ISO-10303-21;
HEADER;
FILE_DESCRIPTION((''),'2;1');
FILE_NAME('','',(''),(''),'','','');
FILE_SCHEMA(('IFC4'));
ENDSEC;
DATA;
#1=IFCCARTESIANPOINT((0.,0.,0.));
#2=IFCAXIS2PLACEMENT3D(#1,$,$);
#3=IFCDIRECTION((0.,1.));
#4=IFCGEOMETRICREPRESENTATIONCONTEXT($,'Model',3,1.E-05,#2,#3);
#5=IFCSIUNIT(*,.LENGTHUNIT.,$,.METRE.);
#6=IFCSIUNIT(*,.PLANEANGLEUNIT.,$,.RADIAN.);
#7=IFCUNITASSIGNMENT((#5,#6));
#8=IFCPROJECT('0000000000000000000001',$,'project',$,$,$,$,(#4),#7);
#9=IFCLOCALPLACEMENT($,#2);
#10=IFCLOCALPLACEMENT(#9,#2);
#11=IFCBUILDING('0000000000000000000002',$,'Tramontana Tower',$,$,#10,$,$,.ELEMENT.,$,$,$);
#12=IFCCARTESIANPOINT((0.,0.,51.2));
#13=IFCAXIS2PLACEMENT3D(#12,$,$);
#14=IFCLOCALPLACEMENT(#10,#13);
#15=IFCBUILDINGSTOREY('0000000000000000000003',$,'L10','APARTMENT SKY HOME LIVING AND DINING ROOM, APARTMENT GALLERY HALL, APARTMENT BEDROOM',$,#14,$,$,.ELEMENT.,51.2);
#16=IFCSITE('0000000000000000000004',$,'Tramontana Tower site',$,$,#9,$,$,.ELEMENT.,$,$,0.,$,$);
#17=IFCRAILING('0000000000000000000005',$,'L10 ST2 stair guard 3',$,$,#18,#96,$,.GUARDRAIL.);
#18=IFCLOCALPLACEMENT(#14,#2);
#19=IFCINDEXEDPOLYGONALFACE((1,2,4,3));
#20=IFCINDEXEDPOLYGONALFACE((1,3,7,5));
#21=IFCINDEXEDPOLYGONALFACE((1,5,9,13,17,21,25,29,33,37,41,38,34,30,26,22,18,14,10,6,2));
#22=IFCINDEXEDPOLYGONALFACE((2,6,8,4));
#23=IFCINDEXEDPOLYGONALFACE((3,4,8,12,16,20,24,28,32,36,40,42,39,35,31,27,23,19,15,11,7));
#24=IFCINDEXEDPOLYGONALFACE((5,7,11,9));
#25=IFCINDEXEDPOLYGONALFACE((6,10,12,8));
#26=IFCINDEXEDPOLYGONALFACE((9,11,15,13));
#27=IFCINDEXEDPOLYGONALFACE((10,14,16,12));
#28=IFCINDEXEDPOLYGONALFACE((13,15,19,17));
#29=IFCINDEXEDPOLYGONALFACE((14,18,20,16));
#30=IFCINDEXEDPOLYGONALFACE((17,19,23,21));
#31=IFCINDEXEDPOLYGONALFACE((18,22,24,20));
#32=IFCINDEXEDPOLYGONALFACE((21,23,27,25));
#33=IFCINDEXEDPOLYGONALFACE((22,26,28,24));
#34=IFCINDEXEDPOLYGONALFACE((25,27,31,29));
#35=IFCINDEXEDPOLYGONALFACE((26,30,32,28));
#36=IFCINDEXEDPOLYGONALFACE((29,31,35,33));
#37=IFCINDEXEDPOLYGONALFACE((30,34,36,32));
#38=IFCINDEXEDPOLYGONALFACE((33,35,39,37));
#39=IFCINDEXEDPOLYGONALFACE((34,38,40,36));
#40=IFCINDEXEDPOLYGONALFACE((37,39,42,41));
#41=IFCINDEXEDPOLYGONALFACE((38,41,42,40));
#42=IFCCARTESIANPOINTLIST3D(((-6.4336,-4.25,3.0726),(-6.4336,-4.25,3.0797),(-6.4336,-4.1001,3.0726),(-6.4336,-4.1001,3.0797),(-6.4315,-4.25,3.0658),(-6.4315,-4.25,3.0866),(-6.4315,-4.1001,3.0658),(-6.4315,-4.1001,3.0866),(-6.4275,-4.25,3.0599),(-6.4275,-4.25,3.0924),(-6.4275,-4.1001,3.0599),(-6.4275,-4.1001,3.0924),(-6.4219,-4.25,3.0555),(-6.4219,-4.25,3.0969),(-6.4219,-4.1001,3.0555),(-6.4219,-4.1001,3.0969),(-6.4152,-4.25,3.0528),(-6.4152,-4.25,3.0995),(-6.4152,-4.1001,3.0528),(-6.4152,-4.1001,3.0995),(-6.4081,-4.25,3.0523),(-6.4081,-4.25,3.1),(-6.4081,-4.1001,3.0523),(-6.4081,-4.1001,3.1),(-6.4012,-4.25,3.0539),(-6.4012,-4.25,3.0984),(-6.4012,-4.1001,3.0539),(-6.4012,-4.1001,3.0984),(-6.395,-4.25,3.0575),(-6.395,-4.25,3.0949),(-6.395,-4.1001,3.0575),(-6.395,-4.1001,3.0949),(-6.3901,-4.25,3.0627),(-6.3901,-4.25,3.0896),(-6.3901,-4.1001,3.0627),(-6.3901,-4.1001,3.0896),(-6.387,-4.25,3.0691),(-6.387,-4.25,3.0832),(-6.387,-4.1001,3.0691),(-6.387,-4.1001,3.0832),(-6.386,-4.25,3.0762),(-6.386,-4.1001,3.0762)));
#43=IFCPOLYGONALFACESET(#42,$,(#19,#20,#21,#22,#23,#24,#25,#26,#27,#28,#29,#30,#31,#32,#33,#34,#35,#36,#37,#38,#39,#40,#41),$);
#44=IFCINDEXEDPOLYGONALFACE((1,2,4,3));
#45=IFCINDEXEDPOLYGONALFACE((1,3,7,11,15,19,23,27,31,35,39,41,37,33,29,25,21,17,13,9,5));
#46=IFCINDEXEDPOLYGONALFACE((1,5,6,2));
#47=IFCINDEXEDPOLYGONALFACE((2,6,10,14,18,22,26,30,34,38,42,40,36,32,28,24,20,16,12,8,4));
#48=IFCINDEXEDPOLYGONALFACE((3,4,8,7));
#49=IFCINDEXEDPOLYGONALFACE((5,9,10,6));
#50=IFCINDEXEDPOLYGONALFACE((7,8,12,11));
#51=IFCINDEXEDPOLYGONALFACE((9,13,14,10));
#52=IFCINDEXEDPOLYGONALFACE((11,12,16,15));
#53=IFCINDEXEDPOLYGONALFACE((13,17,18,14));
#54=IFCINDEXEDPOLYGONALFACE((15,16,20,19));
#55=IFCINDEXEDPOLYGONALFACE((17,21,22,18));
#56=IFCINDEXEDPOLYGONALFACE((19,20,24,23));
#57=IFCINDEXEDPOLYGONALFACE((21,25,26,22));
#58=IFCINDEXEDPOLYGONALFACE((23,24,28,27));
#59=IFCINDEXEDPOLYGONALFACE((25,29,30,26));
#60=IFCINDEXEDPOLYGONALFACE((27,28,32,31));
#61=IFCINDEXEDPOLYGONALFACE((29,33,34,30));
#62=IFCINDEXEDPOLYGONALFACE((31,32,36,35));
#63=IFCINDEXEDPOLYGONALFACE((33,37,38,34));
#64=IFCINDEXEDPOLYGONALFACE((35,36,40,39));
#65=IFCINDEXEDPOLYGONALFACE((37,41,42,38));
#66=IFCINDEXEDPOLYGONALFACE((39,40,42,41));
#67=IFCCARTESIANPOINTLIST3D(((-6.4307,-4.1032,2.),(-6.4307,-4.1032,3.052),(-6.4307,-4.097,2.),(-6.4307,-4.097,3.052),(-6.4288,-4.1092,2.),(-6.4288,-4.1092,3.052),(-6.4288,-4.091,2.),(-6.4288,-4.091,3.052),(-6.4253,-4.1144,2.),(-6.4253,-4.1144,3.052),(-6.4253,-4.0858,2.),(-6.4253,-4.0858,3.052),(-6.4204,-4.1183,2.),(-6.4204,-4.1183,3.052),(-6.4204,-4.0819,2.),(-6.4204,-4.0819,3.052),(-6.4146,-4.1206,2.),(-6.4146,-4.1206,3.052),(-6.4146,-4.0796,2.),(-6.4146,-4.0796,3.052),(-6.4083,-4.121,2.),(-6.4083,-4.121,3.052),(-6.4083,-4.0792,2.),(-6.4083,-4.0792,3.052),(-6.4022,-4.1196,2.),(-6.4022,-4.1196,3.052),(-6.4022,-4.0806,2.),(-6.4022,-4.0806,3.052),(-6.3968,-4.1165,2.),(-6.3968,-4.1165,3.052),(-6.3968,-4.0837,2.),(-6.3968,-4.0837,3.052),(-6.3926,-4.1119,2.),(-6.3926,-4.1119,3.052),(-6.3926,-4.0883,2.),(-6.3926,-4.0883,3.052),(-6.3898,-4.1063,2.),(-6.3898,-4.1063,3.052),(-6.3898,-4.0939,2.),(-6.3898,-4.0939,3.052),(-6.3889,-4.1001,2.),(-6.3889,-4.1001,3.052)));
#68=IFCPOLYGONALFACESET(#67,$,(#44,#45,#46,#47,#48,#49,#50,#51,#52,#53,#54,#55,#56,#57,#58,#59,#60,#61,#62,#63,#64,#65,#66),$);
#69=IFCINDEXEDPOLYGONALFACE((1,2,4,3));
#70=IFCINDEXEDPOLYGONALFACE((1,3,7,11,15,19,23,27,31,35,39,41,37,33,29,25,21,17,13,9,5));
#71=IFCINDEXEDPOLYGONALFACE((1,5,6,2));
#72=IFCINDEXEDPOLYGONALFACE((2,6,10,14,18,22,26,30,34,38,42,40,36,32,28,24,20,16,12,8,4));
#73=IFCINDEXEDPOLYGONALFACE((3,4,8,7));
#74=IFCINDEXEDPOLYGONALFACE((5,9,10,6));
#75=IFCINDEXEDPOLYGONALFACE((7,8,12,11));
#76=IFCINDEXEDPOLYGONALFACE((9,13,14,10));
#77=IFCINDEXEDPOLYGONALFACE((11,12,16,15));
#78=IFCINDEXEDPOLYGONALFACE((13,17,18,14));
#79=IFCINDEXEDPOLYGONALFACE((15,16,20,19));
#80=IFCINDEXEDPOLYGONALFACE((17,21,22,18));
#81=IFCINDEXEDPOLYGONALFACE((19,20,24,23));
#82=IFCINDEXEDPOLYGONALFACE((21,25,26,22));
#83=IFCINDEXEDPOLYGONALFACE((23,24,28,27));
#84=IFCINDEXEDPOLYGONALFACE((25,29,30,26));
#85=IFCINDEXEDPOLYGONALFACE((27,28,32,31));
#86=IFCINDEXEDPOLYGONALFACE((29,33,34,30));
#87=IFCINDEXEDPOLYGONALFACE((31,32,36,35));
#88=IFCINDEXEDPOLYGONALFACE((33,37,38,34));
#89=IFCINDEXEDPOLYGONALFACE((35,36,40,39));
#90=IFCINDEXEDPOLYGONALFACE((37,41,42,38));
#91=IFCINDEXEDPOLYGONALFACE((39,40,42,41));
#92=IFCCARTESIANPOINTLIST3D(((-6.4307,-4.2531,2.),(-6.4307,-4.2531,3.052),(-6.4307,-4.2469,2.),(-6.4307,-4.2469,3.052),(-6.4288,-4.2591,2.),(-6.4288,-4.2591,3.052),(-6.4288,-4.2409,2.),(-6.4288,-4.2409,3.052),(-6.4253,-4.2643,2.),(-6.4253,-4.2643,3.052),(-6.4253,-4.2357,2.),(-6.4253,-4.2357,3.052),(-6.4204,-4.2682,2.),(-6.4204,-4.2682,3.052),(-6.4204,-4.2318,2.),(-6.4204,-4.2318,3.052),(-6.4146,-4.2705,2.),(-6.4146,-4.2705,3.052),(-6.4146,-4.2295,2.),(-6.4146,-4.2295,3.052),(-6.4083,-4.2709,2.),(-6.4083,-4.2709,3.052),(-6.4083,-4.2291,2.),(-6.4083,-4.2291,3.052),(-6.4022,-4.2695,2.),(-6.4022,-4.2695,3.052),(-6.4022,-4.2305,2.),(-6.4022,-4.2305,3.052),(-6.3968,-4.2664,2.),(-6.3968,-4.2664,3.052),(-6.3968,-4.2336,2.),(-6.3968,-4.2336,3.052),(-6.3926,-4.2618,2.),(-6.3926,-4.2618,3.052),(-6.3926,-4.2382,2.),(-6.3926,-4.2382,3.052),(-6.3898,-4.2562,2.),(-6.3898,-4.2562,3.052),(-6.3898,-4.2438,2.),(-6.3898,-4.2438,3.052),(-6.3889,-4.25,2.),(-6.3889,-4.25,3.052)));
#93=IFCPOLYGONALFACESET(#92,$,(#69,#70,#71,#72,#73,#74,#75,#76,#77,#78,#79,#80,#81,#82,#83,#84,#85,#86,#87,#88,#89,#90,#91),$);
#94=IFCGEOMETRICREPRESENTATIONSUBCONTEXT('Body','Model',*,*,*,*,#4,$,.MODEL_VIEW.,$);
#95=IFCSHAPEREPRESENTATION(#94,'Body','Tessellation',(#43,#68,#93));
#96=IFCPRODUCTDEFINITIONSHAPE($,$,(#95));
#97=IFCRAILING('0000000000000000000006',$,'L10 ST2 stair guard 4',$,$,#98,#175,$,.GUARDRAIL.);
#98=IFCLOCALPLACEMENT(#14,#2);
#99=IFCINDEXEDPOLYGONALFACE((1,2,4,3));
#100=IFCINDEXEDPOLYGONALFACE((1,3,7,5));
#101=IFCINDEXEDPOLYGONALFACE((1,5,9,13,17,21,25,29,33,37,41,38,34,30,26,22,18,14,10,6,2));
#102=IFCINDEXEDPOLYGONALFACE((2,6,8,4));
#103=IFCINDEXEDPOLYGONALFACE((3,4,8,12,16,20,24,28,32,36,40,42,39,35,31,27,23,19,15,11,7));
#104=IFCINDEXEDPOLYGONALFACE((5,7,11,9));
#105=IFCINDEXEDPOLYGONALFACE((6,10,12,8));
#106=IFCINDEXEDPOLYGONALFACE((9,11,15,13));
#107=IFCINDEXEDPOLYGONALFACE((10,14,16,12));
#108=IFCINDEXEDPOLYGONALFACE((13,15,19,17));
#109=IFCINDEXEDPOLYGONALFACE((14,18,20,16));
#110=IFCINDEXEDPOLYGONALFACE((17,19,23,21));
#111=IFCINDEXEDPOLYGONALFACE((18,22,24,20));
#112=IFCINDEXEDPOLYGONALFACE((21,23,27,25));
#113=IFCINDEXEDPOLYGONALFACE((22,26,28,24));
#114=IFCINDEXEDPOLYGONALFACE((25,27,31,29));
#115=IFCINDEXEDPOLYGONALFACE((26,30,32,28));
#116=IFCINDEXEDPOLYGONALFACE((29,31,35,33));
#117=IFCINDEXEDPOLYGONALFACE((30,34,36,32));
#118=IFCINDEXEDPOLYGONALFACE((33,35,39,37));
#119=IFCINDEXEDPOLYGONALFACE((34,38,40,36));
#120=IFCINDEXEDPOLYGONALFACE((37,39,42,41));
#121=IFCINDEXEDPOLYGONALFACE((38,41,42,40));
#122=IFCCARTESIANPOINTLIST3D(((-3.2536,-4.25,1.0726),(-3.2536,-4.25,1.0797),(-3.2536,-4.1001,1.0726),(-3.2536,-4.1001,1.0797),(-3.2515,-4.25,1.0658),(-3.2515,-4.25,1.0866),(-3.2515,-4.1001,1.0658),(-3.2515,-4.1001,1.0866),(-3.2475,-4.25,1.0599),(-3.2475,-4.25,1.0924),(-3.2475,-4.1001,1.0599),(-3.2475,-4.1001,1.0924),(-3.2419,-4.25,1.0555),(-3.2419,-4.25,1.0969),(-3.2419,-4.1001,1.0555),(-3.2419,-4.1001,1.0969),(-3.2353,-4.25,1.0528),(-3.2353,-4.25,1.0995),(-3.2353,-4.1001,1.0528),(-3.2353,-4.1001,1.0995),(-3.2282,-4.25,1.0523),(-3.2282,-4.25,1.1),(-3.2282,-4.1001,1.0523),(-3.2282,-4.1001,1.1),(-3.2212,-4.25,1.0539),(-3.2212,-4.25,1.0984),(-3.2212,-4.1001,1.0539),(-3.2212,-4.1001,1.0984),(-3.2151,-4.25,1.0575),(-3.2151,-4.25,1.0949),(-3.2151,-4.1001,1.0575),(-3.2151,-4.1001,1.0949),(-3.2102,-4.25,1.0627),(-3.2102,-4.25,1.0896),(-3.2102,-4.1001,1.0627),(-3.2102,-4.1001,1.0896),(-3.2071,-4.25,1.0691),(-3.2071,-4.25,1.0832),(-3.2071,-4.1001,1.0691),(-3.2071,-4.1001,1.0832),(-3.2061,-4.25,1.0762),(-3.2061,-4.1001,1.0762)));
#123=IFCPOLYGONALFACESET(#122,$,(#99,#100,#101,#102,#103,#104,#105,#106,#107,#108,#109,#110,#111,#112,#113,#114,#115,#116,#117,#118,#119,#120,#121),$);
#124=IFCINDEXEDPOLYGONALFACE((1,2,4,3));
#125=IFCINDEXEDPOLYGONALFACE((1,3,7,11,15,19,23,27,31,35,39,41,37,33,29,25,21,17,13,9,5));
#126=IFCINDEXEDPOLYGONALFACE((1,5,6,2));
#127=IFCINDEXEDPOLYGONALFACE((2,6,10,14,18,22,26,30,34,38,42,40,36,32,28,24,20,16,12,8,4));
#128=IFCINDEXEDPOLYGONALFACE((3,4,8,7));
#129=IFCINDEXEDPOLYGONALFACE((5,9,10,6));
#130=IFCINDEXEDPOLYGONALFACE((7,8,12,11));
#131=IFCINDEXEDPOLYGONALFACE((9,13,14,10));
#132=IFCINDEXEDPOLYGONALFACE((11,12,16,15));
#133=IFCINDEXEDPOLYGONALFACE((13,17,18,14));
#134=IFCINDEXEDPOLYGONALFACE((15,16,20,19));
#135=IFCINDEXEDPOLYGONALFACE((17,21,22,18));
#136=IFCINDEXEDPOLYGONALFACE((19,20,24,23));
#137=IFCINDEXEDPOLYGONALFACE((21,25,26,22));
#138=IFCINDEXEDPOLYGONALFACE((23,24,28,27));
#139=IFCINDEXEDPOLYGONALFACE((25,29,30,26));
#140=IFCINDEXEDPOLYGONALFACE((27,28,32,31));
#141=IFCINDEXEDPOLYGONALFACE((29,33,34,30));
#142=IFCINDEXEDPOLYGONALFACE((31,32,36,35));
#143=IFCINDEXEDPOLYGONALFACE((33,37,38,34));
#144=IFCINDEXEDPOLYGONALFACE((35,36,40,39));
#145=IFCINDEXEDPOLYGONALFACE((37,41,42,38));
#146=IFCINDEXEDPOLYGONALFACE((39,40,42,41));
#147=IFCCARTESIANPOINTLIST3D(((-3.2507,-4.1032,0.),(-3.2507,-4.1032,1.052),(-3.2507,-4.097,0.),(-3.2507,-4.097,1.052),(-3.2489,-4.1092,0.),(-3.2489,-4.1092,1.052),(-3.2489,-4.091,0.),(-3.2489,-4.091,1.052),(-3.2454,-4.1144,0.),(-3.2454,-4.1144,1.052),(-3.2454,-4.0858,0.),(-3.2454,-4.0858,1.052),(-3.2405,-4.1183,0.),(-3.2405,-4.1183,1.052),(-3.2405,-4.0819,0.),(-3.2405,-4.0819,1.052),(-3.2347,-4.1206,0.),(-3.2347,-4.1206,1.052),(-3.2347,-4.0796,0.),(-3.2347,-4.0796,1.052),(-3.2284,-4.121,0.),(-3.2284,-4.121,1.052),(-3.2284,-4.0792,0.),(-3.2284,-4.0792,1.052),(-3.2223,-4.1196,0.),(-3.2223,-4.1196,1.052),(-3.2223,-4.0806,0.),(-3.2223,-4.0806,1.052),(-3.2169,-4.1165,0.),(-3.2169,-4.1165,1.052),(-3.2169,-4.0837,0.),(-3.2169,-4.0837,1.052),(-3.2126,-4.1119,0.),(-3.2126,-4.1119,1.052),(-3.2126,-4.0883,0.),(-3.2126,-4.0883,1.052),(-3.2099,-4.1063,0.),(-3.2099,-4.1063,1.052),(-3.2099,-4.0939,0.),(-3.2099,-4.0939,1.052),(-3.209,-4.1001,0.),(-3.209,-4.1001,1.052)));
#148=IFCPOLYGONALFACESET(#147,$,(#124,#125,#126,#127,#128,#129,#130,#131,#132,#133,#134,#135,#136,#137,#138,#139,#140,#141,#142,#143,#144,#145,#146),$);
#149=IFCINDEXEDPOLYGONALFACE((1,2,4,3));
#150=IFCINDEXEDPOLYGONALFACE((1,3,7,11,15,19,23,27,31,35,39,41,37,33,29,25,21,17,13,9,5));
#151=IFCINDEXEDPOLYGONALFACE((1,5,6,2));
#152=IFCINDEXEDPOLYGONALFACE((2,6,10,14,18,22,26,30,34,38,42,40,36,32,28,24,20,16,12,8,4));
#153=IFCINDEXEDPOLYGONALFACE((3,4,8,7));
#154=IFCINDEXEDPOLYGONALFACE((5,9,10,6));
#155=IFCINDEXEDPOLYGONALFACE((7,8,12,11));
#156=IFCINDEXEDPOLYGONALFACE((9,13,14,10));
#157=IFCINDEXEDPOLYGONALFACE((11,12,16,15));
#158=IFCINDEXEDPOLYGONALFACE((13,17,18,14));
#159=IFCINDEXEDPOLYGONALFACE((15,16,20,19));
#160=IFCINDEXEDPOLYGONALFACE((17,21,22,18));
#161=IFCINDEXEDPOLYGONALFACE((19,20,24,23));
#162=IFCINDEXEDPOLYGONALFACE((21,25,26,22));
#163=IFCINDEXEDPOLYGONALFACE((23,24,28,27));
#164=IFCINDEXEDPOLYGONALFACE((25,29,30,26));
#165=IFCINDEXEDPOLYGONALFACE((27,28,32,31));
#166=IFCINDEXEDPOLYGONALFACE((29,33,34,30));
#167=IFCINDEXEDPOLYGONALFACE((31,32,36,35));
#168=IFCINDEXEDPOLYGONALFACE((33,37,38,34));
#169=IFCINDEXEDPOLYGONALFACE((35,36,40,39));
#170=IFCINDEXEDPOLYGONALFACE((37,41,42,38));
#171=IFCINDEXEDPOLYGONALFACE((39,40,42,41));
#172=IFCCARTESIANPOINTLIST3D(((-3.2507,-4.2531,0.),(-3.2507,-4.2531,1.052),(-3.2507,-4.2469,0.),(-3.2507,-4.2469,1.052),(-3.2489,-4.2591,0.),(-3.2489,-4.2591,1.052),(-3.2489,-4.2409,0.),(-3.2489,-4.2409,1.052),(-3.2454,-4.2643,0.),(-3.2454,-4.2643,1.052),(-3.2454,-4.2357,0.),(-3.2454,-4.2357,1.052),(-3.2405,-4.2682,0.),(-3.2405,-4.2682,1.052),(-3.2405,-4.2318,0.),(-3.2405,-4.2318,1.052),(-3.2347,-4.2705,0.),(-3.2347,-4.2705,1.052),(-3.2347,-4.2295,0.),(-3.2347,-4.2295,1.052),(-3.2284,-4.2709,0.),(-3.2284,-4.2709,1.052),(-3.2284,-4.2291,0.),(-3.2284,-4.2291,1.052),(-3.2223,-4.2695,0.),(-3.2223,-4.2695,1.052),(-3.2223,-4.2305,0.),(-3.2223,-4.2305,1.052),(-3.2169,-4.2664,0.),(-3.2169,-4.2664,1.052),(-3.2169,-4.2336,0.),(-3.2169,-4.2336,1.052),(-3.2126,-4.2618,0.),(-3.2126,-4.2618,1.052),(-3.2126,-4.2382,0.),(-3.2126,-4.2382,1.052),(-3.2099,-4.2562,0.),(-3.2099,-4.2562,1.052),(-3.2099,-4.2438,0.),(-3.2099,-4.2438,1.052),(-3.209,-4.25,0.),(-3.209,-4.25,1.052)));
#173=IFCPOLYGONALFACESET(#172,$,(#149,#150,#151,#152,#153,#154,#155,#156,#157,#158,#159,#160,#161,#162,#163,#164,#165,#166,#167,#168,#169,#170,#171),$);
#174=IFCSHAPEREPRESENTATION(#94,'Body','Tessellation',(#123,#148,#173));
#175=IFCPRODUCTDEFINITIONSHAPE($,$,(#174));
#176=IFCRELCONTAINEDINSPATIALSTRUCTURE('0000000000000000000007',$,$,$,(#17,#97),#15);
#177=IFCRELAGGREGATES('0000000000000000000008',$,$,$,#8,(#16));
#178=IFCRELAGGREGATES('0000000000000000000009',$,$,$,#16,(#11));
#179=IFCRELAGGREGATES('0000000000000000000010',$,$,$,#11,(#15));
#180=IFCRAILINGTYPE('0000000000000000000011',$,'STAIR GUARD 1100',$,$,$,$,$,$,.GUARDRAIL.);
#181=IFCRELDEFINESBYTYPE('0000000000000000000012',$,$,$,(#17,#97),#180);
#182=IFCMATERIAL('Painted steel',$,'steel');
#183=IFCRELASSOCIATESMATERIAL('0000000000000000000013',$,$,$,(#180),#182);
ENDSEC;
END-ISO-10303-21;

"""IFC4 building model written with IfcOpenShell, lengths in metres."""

from ifc_helpers import new_model, si_unit, direction, frame, origin, origin_2d, place, context, subcontext, project, spatial, circle, extrude, material, type_object, element, save


model = new_model("IFC4")

# Units and contexts
model_context = context("Model", 3, precision=1e-05, world=origin(), true_north=direction((0.0, 1.0)))
body_context = subcontext(model_context, "Body", "Model", "MODEL_VIEW")
ifc_project = project(units=[si_unit("LENGTHUNIT", "METRE"), si_unit("PLANEANGLEUNIT", "RADIAN")], contexts=[model_context])

# Site, building, storey
site_placement = place(None, origin())
site = spatial("IfcSite", under=ifc_project, at=site_placement, Name="Tramontana Tower site", CompositionType="ELEMENT", RefElevation=0.0)
building_placement = place(site_placement, origin())
building = spatial("IfcBuilding", under=site, at=building_placement, Name="Tramontana Tower", CompositionType="ELEMENT")
storey_placement = place(building_placement, frame((0.0, 0.0, 51.2)))
storey = spatial("IfcBuildingStorey", under=building, at=storey_placement, Name="L10", Description="APARTMENT SKY HOME LIVING AND DINING ROOM, APARTMENT GALLERY HALL, APARTMENT BEDROOM", CompositionType="ELEMENT", Elevation=51.2)

# Railings
ifc_material_1 = material(Name="Painted steel", Category="steel")
railing_type_1 = type_object("IfcRailingType", Name="STAIR GUARD 1100", PredefinedType="GUARDRAIL", material=ifc_material_1)
for number, where, name in (
    (1, (-6.4099, -4.1001, 2.0), "L10 ST2 stair guard 3"),
    (2, (-3.23, -4.1001, 0.0), "L10 ST2 stair guard 4"),
):
    element("IfcRailing", number, at=place(storey_placement, frame(where)), inside=storey, type_object=railing_type_1, Name=name, PredefinedType="GUARDRAIL", context=body_context, shape_type="SweptSolid", body=[
        extrude(circle(Radius=0.0239, at=origin_2d()), frame((0.0, 0.0, 1.0762), z_axis=(0.0, -1.0, 0.0), x_axis=(1.0, 0.0, 0.0)), (0.0, 0.0, 1.0), 0.1499),
        extrude(circle(Radius=0.021, at=origin_2d()), origin(), (0.0, 0.0, 1.0), 1.052),
        extrude(circle(Radius=0.021, at=origin_2d()), frame((0.0, -0.1499, 0.0)), (0.0, 0.0, 1.0), 1.052),
    ])

save(model, "model.ifc")
